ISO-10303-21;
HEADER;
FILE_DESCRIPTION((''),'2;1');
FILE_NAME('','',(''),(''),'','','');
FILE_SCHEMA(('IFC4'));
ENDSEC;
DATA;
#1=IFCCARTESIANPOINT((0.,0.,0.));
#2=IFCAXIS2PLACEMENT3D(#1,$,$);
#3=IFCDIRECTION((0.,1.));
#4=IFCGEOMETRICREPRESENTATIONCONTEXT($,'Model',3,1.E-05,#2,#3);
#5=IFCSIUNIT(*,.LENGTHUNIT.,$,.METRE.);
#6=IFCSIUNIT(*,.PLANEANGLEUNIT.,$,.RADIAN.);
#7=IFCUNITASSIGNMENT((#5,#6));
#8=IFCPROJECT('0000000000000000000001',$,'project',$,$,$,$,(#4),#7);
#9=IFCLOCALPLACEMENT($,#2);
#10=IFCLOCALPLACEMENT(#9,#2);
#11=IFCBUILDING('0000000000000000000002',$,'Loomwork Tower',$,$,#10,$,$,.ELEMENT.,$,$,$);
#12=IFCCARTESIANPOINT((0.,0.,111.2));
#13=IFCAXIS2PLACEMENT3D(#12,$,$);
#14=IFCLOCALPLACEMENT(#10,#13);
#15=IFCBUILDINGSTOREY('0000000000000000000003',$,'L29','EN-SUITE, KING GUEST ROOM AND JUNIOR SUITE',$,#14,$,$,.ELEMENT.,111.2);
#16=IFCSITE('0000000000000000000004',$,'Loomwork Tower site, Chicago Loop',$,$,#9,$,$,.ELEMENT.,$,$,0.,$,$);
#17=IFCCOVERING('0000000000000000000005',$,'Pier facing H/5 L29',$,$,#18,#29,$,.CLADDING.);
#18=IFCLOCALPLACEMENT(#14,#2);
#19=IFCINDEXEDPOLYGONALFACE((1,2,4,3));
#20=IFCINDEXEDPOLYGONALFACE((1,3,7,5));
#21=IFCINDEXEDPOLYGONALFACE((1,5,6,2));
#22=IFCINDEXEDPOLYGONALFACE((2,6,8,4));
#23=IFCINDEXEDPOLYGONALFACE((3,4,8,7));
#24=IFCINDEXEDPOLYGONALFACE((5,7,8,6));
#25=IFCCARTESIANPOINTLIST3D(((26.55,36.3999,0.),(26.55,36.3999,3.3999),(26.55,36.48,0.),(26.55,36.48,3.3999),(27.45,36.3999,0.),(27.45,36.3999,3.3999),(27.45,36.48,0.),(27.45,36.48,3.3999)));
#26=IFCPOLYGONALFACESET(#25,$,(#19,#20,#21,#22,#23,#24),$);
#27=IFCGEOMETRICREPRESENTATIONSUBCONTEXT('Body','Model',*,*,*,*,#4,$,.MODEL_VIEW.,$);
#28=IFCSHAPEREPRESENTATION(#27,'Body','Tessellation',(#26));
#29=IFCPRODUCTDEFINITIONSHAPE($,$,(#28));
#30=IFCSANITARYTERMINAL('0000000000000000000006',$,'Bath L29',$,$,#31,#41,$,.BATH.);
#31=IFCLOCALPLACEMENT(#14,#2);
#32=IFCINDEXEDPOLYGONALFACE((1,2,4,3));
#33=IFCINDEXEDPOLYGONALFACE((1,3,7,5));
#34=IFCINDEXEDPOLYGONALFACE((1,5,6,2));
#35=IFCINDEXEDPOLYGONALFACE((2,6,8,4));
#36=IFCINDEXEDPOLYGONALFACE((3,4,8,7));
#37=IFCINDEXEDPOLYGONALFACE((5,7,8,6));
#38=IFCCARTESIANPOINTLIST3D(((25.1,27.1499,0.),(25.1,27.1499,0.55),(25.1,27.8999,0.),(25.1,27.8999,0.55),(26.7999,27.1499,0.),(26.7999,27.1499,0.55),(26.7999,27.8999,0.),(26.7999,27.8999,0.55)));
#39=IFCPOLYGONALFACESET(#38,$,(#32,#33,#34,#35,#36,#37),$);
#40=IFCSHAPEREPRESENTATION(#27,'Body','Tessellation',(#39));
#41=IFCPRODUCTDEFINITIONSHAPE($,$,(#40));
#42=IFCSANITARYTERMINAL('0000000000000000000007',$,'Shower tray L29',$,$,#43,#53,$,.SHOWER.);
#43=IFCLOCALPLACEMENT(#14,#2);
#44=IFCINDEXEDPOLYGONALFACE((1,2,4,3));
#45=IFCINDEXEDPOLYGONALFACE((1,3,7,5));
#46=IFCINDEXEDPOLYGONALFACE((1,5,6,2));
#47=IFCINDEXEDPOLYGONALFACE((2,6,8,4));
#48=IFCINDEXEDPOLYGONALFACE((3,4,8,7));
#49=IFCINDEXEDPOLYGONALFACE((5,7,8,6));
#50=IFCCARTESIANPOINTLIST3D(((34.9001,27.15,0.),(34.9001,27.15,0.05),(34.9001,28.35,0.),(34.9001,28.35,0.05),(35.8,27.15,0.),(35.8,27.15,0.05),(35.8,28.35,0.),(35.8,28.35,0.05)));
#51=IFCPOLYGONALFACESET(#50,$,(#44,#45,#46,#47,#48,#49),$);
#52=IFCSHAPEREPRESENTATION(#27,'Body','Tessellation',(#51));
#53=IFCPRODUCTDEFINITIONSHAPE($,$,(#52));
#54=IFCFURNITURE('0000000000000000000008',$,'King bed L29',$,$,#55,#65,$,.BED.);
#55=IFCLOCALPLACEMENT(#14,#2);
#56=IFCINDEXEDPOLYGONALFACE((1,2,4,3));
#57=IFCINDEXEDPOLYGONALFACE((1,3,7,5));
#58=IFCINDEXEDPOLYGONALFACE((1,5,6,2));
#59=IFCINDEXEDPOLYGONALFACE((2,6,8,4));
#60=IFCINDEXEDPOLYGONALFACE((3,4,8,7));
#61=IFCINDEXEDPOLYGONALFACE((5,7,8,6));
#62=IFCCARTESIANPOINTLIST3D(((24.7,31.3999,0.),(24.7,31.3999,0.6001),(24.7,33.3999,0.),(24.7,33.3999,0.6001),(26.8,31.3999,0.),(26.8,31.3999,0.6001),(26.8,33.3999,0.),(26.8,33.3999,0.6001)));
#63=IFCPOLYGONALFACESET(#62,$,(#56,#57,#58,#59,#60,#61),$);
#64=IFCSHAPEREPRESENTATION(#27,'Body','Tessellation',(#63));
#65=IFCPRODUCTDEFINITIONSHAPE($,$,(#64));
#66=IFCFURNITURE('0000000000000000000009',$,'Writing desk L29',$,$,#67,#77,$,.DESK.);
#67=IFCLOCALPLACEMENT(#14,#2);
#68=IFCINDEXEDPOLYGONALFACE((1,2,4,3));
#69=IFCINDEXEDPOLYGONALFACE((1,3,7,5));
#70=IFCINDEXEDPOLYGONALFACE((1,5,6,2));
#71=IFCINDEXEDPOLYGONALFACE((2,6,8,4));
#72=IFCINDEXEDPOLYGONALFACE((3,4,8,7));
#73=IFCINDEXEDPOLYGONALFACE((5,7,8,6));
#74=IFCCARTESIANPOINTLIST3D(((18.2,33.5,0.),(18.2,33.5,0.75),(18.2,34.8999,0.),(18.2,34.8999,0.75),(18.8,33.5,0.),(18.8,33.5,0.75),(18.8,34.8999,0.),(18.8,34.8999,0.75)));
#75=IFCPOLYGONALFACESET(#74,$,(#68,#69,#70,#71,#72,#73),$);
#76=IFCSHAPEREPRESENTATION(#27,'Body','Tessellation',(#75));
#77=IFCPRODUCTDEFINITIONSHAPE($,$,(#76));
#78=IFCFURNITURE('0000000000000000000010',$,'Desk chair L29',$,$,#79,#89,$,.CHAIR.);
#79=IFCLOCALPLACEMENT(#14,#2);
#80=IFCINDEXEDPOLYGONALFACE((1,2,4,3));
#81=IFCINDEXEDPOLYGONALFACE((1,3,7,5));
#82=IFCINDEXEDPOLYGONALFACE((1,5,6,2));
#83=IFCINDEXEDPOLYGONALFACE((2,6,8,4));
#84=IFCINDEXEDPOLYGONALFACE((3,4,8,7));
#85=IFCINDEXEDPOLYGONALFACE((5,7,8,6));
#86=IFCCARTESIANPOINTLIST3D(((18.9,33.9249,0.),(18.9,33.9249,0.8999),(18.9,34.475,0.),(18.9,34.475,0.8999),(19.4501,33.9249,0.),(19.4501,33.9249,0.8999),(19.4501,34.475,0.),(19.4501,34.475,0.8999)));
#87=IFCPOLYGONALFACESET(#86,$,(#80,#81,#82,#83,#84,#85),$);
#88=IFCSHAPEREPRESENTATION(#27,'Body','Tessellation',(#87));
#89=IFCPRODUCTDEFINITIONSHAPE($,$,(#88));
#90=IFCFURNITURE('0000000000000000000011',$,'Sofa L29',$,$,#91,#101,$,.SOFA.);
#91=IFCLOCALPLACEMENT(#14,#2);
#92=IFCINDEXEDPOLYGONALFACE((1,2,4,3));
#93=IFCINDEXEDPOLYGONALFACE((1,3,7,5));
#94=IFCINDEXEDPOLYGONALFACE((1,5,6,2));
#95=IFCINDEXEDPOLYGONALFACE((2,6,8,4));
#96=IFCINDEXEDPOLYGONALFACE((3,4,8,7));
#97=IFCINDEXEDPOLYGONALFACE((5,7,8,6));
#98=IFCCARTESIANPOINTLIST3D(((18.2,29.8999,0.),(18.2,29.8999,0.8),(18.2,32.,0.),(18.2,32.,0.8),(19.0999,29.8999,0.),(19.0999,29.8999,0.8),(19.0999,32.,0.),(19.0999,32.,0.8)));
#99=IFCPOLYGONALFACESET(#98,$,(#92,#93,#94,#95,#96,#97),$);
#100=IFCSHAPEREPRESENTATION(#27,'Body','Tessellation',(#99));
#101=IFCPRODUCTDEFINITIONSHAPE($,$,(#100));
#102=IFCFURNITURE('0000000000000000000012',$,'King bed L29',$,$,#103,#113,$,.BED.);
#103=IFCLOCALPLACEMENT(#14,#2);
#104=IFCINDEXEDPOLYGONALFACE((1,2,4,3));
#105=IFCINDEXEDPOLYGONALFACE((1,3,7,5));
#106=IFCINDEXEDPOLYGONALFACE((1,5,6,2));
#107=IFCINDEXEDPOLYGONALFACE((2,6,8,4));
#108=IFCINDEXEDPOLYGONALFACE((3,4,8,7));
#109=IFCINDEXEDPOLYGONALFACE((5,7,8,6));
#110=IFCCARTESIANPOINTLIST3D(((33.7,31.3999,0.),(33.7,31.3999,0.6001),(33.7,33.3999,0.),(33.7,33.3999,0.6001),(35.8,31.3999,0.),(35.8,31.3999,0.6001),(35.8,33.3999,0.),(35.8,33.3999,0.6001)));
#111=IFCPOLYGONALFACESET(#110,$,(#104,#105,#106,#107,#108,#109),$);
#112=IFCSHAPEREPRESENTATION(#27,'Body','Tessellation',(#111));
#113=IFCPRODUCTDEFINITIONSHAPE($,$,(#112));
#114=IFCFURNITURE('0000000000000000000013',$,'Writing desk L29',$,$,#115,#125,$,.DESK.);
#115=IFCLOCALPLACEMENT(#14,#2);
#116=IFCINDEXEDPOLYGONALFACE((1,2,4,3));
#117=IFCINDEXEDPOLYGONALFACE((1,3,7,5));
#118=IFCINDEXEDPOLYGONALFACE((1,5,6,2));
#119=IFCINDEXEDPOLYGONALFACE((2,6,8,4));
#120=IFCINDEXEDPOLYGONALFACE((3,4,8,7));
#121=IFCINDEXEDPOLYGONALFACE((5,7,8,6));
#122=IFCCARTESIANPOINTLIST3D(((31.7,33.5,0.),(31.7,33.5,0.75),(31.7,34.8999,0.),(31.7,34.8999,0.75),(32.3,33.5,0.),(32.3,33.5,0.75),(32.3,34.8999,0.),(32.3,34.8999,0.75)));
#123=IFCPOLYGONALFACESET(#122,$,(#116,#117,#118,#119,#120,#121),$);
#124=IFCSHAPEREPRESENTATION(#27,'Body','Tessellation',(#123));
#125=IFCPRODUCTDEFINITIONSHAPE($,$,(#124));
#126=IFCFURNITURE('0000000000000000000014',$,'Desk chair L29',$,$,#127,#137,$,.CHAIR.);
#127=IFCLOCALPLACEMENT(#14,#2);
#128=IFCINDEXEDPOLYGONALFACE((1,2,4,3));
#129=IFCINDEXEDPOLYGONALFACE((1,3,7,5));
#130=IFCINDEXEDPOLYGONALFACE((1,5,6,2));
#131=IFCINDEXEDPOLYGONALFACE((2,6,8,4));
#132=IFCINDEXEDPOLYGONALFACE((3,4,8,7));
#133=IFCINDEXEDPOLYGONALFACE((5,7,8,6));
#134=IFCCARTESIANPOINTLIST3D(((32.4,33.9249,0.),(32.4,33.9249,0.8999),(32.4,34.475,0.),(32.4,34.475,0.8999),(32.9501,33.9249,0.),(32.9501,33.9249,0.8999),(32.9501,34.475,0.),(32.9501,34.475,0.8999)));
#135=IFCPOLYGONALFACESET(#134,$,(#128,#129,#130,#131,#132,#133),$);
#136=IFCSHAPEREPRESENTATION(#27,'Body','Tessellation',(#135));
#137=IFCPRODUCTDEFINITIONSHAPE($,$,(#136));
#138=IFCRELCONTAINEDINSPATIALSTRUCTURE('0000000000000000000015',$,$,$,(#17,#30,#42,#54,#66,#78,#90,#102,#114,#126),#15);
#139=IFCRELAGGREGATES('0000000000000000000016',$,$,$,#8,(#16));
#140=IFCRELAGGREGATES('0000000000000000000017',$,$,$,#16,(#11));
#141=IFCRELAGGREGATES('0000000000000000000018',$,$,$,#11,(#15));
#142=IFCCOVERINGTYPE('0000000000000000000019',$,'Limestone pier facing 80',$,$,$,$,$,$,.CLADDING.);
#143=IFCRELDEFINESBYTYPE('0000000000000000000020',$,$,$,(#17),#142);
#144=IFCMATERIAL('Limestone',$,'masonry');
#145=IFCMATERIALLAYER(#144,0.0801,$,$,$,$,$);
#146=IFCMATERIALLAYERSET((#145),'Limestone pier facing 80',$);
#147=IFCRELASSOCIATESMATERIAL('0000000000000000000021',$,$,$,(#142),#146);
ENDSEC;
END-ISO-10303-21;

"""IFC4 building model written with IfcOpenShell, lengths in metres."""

from ifc_helpers import new_model, si_unit, direction, frame, origin, origin_2d, place, context, subcontext, project, spatial, rectangle, extrude, material, layer, layer_set, type_object, element, save


model = new_model("IFC4")

# Units and contexts
model_context = context("Model", 3, precision=1e-05, world=origin(), true_north=direction((0.0, 1.0)))
body_context = subcontext(model_context, "Body", "Model", "MODEL_VIEW")
ifc_project = project(units=[si_unit("LENGTHUNIT", "METRE"), si_unit("PLANEANGLEUNIT", "RADIAN")], contexts=[model_context])

# Site, building, storey
site_placement = place(None, origin())
site = spatial("IfcSite", under=ifc_project, at=site_placement, Name="Loomwork Tower site, Chicago Loop", CompositionType="ELEMENT", RefElevation=0.0)
building_placement = place(site_placement, origin())
building = spatial("IfcBuilding", under=site, at=building_placement, Name="Loomwork Tower", CompositionType="ELEMENT")
storey_placement = place(building_placement, frame((0.0, 0.0, 111.2)))
storey = spatial("IfcBuildingStorey", under=building, at=storey_placement, Name="L29", Description="EN-SUITE, KING GUEST ROOM AND JUNIOR SUITE", CompositionType="ELEMENT", Elevation=111.2)

# Covering
ifc_material_1 = material(Name="Limestone", Category="masonry")
ifc_layer_1 = layer(ifc_material_1, 0.0801)
ifc_layer_set_1 = layer_set([ifc_layer_1], Name="Limestone pier facing 80")
covering_type = type_object("IfcCoveringType", Name="Limestone pier facing 80", PredefinedType="CLADDING", material=ifc_layer_set_1)
covering_placement = place(storey_placement, frame((27.0, 36.4399, 0.0), z_axis=(0.0, 0.0, 1.0), x_axis=(1.0, 0.0, 0.0)))
element("IfcCovering", 1, at=covering_placement, inside=storey, type_object=covering_type, Name="Pier facing H/5 L29", PredefinedType="CLADDING", context=body_context, shape_type="SweptSolid", body=[
    extrude(rectangle(XDim=0.8999, YDim=0.0801, at=origin_2d()), origin(), (0.0, 0.0, 1.0), 3.3999),
])

# Sanitary terminals
sanitary_terminal_1_placement = place(storey_placement, frame((25.95, 27.5249, 0.0), z_axis=(0.0, 0.0, 1.0), x_axis=(1.0, 0.0, 0.0)))
element("IfcSanitaryTerminal", 2, at=sanitary_terminal_1_placement, inside=storey, Name="Bath L29", PredefinedType="BATH", context=body_context, shape_type="SweptSolid", body=[
    extrude(rectangle(XDim=1.7, YDim=0.75, at=origin_2d()), origin(), (0.0, 0.0, 1.0), 0.55),
])
sanitary_terminal_2_placement = place(storey_placement, frame((35.3501, 27.75, 0.0), z_axis=(0.0, 0.0, 1.0), x_axis=(1.0, 0.0, 0.0)))
element("IfcSanitaryTerminal", 3, at=sanitary_terminal_2_placement, inside=storey, Name="Shower tray L29", PredefinedType="SHOWER", context=body_context, shape_type="SweptSolid", body=[
    extrude(rectangle(XDim=0.8999, YDim=1.2, at=origin_2d()), origin(), (0.0, 0.0, 1.0), 0.05),
])

# Furniture
furniture_1_placement = place(storey_placement, frame((25.75, 32.3999, 0.0), z_axis=(0.0, 0.0, 1.0), x_axis=(1.0, 0.0, 0.0)))
element("IfcFurniture", 4, at=furniture_1_placement, inside=storey, Name="King bed L29", PredefinedType="BED", context=body_context, shape_type="SweptSolid", body=[
    extrude(rectangle(XDim=2.1001, YDim=2.0, at=origin_2d()), origin(), (0.0, 0.0, 1.0), 0.6001),
])
furniture_2_placement = place(storey_placement, frame((18.5, 34.2, 0.0), z_axis=(0.0, 0.0, 1.0), x_axis=(1.0, 0.0, 0.0)))
element("IfcFurniture", 5, at=furniture_2_placement, inside=storey, Name="Writing desk L29", PredefinedType="DESK", context=body_context, shape_type="SweptSolid", body=[
    extrude(rectangle(XDim=0.6001, YDim=1.3999, at=origin_2d()), origin(), (0.0, 0.0, 1.0), 0.75),
])
furniture_3_placement = place(storey_placement, frame((19.175, 34.2, 0.0), z_axis=(0.0, 0.0, 1.0), x_axis=(1.0, 0.0, 0.0)))
element("IfcFurniture", 6, at=furniture_3_placement, inside=storey, Name="Desk chair L29", PredefinedType="CHAIR", context=body_context, shape_type="SweptSolid", body=[
    extrude(rectangle(XDim=0.55, YDim=0.55, at=origin_2d()), origin(), (0.0, 0.0, 1.0), 0.8999),
])
furniture_4_placement = place(storey_placement, frame((18.6499, 30.95, 0.0), z_axis=(0.0, 0.0, 1.0), x_axis=(1.0, 0.0, 0.0)))
element("IfcFurniture", 7, at=furniture_4_placement, inside=storey, Name="Sofa L29", PredefinedType="SOFA", context=body_context, shape_type="SweptSolid", body=[
    extrude(rectangle(XDim=0.8999, YDim=2.1001, at=origin_2d()), origin(), (0.0, 0.0, 1.0), 0.8),
])
furniture_5_placement = place(storey_placement, frame((34.75, 32.3999, 0.0), z_axis=(0.0, 0.0, 1.0), x_axis=(1.0, 0.0, 0.0)))
element("IfcFurniture", 8, at=furniture_5_placement, inside=storey, Name="King bed L29", PredefinedType="BED", context=body_context, shape_type="SweptSolid", body=[
    extrude(rectangle(XDim=2.1001, YDim=2.0, at=origin_2d()), origin(), (0.0, 0.0, 1.0), 0.6001),
])
furniture_6_placement = place(storey_placement, frame((32.0, 34.2, 0.0), z_axis=(0.0, 0.0, 1.0), x_axis=(1.0, 0.0, 0.0)))
element("IfcFurniture", 9, at=furniture_6_placement, inside=storey, Name="Writing desk L29", PredefinedType="DESK", context=body_context, shape_type="SweptSolid", body=[
    extrude(rectangle(XDim=0.6001, YDim=1.3999, at=origin_2d()), origin(), (0.0, 0.0, 1.0), 0.75),
])
furniture_7_placement = place(storey_placement, frame((32.675, 34.2, 0.0), z_axis=(0.0, 0.0, 1.0), x_axis=(1.0, 0.0, 0.0)))
element("IfcFurniture", 10, at=furniture_7_placement, inside=storey, Name="Desk chair L29", PredefinedType="CHAIR", context=body_context, shape_type="SweptSolid", body=[
    extrude(rectangle(XDim=0.55, YDim=0.55, at=origin_2d()), origin(), (0.0, 0.0, 1.0), 0.8999),
])

save(model, "model.ifc")
